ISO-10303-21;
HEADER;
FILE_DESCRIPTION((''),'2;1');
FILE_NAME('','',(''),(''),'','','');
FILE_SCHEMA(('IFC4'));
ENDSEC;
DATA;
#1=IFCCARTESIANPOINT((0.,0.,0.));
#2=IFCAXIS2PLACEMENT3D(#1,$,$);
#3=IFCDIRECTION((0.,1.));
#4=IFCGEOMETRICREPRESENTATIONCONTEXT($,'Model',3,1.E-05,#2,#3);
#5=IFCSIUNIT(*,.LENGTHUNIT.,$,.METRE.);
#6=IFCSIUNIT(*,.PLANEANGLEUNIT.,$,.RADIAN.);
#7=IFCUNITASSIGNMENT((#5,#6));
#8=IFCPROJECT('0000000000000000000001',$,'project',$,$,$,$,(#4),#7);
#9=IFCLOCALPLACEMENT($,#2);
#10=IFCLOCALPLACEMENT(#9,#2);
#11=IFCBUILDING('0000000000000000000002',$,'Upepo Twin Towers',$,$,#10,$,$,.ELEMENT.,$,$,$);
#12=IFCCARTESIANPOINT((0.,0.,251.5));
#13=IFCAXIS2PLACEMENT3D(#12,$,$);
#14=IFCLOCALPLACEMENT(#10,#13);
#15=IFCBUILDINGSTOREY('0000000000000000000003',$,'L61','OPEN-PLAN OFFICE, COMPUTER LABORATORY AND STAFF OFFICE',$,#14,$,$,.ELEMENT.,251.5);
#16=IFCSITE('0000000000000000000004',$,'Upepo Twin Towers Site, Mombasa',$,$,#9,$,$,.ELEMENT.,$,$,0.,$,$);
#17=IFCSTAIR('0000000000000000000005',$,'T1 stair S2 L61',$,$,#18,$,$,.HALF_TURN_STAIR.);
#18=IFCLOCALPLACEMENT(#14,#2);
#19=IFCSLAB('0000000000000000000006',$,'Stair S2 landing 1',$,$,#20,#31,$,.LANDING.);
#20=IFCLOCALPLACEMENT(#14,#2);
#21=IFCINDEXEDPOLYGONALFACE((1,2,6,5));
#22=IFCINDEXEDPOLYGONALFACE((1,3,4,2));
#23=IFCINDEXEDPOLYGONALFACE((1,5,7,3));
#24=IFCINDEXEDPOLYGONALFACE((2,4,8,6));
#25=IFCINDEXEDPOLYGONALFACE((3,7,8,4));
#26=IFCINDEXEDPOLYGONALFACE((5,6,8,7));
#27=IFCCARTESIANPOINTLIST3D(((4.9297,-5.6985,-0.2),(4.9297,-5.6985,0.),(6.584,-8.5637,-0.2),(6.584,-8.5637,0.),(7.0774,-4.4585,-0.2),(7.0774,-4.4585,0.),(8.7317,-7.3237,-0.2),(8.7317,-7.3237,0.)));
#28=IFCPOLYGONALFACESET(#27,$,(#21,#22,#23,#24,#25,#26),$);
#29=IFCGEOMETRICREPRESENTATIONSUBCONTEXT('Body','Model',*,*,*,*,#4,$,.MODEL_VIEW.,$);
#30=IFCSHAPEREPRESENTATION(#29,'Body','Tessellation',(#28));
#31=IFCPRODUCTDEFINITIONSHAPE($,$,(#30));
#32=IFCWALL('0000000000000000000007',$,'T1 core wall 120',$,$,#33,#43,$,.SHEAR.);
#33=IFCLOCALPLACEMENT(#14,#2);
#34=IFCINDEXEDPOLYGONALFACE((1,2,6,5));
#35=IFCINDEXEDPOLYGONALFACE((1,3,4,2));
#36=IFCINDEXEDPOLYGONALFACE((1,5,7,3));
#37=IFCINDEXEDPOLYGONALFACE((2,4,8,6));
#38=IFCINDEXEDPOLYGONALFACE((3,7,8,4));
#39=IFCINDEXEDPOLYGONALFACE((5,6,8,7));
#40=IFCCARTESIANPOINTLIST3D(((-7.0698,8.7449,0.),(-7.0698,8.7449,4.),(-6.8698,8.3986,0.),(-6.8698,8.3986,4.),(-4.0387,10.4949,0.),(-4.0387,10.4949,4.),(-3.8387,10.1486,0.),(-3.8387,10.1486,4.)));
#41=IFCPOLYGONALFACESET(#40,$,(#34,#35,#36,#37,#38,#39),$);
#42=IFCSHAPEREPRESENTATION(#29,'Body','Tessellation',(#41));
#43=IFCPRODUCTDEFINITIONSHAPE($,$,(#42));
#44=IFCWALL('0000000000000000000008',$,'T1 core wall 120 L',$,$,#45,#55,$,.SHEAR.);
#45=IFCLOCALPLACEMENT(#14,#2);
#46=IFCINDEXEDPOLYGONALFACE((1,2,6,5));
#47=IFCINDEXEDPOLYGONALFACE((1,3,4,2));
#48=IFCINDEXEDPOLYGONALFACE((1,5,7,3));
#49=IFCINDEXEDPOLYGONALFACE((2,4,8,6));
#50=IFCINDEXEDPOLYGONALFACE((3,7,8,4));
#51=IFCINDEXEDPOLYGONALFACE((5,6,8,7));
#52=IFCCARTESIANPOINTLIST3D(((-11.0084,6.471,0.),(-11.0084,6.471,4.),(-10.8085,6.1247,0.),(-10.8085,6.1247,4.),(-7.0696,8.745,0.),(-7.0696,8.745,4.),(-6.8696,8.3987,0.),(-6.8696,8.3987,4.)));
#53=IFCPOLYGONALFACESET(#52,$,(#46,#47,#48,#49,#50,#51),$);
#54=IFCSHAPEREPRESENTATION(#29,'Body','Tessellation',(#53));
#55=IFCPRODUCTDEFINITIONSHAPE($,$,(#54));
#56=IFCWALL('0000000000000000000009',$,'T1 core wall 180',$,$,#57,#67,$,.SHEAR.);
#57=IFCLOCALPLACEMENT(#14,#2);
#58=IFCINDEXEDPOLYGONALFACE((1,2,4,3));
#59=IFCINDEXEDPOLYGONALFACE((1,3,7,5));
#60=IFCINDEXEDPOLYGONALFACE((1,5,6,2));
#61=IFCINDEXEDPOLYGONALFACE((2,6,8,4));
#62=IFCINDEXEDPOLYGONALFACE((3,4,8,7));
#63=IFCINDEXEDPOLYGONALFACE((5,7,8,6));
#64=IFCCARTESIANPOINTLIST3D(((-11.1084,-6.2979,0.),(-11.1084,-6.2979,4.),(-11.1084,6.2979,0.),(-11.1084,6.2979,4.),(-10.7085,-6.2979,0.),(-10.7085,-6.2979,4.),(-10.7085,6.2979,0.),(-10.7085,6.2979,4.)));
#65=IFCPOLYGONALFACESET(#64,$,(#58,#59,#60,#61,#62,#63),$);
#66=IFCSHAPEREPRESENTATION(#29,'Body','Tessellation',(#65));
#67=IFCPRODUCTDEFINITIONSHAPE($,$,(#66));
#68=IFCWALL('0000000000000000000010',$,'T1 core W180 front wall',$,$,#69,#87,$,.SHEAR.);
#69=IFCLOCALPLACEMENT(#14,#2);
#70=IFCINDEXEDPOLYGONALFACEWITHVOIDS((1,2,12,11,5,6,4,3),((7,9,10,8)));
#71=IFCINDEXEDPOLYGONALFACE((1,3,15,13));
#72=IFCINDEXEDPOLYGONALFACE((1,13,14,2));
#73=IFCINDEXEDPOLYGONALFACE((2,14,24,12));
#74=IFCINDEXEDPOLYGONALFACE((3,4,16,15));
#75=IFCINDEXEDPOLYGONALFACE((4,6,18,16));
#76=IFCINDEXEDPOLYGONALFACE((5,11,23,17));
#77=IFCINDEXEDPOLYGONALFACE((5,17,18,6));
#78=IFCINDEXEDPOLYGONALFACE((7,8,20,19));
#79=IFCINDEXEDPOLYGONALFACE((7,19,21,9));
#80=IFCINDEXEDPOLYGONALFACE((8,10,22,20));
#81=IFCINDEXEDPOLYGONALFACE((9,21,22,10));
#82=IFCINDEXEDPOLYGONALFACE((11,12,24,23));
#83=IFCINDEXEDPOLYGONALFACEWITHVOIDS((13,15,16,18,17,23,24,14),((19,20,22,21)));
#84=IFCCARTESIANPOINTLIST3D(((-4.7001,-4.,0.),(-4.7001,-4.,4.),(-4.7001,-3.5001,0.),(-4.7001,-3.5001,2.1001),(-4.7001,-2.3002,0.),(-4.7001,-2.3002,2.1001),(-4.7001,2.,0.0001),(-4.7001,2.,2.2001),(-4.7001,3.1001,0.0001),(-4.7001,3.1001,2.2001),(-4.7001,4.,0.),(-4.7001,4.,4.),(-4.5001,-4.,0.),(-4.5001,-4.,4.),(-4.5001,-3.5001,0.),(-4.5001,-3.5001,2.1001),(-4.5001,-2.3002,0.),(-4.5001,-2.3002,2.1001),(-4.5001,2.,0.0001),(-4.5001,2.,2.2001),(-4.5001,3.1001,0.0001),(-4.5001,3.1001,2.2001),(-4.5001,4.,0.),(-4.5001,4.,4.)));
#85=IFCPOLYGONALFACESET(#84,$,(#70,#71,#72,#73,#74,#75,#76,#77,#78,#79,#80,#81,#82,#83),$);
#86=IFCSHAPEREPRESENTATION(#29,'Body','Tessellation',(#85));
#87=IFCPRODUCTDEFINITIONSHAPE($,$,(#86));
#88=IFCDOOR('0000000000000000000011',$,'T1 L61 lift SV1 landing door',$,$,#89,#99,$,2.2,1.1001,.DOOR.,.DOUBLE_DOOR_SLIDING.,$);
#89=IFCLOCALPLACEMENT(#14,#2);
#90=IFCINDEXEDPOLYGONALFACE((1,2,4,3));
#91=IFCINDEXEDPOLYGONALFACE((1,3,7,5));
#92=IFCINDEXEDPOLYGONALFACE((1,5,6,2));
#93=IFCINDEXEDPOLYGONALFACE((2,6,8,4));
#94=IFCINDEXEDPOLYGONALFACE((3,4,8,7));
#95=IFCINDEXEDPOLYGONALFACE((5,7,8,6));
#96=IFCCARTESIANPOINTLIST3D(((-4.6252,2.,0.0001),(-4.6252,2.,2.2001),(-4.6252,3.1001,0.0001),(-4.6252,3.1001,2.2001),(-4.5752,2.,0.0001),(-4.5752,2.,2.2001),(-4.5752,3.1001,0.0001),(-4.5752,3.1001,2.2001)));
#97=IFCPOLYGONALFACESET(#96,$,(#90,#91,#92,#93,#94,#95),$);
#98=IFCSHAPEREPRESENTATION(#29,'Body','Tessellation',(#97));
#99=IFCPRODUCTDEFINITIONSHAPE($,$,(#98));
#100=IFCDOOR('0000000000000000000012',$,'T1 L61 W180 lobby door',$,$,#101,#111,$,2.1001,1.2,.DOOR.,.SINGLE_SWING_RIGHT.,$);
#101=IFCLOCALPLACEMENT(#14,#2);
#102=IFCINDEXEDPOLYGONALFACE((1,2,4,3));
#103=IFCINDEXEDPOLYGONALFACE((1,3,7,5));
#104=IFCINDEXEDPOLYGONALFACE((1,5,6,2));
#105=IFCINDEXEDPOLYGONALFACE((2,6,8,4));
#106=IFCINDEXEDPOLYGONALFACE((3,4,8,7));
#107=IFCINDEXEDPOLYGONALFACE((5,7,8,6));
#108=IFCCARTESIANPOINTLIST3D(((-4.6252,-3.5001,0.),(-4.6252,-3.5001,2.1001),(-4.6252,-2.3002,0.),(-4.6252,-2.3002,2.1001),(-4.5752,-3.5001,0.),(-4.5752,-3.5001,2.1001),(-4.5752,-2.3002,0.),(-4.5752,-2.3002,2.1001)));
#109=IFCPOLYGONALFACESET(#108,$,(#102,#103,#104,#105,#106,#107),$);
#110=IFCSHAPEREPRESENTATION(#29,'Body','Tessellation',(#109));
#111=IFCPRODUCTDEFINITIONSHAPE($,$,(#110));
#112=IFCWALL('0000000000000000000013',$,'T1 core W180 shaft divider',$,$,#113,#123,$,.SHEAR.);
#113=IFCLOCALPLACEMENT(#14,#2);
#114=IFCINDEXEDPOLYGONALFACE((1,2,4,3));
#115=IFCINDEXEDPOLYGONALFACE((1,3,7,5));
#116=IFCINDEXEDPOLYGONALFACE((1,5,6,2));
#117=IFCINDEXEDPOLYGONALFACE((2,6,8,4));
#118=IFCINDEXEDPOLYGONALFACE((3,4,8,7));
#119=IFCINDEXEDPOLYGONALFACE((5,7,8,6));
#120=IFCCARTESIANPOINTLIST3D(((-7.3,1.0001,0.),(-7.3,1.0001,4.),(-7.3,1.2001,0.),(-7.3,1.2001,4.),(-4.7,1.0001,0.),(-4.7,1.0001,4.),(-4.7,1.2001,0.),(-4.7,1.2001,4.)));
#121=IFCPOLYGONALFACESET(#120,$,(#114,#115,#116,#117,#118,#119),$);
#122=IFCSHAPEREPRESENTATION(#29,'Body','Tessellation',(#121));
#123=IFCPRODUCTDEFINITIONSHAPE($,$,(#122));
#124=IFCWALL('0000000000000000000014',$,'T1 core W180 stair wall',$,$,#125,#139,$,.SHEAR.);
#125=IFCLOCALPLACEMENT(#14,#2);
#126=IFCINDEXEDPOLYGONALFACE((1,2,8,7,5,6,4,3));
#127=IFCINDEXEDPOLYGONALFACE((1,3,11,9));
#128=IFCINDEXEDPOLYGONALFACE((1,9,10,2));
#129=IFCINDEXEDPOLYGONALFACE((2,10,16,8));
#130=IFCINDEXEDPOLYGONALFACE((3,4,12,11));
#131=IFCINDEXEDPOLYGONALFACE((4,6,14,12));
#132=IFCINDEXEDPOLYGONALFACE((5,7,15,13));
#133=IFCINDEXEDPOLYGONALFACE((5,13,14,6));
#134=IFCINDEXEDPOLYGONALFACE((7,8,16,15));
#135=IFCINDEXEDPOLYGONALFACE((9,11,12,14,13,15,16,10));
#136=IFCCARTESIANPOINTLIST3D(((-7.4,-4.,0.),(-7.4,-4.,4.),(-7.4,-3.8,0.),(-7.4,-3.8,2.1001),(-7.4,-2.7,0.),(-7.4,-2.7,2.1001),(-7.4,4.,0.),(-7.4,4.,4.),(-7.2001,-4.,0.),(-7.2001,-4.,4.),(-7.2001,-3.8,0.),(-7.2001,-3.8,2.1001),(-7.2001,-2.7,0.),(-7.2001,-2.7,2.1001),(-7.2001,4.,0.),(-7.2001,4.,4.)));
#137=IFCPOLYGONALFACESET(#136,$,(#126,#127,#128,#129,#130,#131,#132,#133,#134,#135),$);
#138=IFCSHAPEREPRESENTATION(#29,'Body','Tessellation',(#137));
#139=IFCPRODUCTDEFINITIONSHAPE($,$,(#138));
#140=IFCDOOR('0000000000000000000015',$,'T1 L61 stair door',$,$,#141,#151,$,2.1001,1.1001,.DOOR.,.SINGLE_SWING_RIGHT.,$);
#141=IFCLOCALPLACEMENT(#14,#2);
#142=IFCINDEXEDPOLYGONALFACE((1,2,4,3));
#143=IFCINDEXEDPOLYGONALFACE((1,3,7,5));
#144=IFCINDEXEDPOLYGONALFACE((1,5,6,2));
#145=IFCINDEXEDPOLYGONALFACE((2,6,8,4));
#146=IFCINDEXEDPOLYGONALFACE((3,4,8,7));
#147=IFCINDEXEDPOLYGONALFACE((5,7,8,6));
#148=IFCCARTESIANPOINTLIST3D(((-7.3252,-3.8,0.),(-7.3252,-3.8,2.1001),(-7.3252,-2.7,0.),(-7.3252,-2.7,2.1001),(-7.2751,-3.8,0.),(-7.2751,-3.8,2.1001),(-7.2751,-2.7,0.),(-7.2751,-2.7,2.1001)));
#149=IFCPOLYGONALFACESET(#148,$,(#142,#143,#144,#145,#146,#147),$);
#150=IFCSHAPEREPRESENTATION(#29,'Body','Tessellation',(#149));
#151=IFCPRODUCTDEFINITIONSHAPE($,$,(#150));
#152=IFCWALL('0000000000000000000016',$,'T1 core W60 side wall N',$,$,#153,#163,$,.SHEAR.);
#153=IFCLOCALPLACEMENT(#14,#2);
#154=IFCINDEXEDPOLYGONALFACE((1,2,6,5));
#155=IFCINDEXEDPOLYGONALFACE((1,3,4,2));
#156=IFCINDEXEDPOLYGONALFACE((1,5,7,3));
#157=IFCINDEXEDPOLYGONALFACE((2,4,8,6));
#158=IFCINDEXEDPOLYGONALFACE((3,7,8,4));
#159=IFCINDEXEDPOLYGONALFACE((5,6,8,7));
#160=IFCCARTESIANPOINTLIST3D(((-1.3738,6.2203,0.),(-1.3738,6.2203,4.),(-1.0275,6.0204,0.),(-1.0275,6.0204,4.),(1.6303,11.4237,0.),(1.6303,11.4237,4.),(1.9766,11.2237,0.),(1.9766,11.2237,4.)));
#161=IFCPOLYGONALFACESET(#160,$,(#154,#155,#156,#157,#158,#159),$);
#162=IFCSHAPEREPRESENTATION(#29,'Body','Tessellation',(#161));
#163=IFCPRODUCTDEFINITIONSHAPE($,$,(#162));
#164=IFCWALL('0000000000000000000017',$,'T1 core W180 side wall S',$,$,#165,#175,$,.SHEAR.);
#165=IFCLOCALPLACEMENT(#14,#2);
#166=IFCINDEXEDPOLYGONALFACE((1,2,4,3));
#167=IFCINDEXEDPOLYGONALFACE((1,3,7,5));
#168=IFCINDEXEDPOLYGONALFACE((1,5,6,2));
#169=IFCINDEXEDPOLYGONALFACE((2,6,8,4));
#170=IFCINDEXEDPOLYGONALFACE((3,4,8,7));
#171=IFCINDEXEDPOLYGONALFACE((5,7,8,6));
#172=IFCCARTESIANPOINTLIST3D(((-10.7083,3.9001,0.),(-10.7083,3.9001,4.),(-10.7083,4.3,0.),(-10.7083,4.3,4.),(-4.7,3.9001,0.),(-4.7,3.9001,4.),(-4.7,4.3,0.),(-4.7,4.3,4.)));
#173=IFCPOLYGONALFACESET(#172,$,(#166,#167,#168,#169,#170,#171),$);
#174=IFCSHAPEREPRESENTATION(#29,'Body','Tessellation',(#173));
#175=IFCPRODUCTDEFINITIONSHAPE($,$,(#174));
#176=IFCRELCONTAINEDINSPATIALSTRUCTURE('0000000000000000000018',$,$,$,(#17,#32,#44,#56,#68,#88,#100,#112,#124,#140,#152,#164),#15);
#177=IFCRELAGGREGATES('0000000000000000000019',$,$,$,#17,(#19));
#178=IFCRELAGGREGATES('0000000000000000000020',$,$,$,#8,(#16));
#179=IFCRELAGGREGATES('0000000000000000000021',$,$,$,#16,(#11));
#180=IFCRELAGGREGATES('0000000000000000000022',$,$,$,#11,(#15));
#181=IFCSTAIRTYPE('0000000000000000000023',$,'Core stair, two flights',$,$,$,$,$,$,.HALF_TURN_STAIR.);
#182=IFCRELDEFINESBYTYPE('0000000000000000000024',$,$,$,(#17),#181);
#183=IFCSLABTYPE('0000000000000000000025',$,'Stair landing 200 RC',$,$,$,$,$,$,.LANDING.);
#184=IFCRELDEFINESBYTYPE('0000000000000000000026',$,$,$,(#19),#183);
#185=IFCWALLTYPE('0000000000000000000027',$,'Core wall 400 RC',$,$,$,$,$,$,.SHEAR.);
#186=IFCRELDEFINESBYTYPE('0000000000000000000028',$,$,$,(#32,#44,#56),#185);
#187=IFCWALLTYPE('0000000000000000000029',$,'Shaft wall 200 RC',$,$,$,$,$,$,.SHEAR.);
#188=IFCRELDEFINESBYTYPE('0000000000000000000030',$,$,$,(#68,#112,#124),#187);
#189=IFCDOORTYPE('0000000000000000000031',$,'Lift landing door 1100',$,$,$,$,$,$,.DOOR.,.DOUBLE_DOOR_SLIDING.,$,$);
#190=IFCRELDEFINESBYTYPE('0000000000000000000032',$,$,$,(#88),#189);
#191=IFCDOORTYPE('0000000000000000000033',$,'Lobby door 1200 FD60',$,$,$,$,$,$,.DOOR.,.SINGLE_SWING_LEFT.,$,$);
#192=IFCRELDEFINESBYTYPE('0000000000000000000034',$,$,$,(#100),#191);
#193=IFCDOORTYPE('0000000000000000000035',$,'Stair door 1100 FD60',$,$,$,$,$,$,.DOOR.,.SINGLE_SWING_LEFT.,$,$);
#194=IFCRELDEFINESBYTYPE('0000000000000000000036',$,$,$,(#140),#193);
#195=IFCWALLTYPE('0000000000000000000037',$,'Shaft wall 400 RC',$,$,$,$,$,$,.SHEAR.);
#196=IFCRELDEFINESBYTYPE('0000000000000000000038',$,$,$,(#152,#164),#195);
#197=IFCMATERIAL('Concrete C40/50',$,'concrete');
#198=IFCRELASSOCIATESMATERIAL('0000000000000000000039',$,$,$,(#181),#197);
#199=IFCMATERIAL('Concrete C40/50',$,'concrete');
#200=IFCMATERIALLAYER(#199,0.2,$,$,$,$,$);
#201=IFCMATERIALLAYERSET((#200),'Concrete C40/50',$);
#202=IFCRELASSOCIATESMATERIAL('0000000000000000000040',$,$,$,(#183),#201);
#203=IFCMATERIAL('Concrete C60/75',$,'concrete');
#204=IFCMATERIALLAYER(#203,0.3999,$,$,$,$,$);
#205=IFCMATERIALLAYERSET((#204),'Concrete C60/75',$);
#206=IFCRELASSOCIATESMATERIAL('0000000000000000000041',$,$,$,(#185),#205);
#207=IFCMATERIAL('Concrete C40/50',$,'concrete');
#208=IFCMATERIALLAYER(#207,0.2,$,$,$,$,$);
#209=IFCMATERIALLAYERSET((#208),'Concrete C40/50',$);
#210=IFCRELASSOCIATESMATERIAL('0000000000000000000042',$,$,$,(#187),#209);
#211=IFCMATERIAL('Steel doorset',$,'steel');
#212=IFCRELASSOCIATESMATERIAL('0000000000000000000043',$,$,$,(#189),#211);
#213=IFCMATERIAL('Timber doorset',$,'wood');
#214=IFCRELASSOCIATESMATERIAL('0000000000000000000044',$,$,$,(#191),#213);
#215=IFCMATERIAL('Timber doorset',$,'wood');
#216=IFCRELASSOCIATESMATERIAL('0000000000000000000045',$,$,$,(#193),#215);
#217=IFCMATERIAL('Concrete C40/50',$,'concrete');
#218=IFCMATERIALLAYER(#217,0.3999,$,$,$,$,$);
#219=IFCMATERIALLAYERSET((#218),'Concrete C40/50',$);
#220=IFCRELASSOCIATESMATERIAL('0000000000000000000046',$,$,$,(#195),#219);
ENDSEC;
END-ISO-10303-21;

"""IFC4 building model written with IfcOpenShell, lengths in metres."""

from ifc_helpers import new_model, si_unit, direction, frame, frame_2d, origin, place, context, subcontext, project, spatial, polyline, rectangle, outline, extrude, material, layer, layer_set, type_object, element, fill, aggregate, save


model = new_model("IFC4")

# Units and contexts
model_context = context("Model", 3, precision=1e-05, world=origin(), true_north=direction((0.0, 1.0)))
body_context = subcontext(model_context, "Body", "Model", "MODEL_VIEW")
ifc_project = project(units=[si_unit("LENGTHUNIT", "METRE"), si_unit("PLANEANGLEUNIT", "RADIAN")], contexts=[model_context])

# Site, building, storey
site_placement = place(None, origin())
site = spatial("IfcSite", under=ifc_project, at=site_placement, Name="Upepo Twin Towers Site, Mombasa", CompositionType="ELEMENT", RefElevation=0.0)
building_placement = place(site_placement, origin())
building = spatial("IfcBuilding", under=site, at=building_placement, Name="Upepo Twin Towers", CompositionType="ELEMENT")
storey_placement = place(building_placement, frame((0.0, 0.0, 251.5)))
storey = spatial("IfcBuildingStorey", under=building, at=storey_placement, Name="L61", Description="OPEN-PLAN OFFICE, COMPUTER LABORATORY AND STAFF OFFICE", CompositionType="ELEMENT", Elevation=251.5)

# Stair, slab
ifc_material_1 = material(Name="Concrete C40/50", Category="concrete")
stair_type = type_object("IfcStairType", Name="Core stair, two flights", PredefinedType="HALF_TURN_STAIR", material=ifc_material_1)
stair_1_placement = place(storey_placement, origin())
stair_1 = element("IfcStair", 1, at=stair_1_placement, inside=storey, type_object=stair_type, Name="T1 stair S2 L61", PredefinedType="HALF_TURN_STAIR")
ifc_material_2 = material(Name="Concrete C40/50", Category="concrete")
ifc_layer_1 = layer(ifc_material_2, 0.2)
ifc_layer_set_1 = layer_set([ifc_layer_1], Name="Concrete C40/50")
slab_type = type_object("IfcSlabType", Name="Stair landing 200 RC", PredefinedType="LANDING", material=ifc_layer_set_1)
slab_placement = place(storey_placement, frame((0.0, 0.0, -0.2)))
slab = element("IfcSlab", 2, at=slab_placement, type_object=slab_type, Name="Stair S2 landing 1", PredefinedType="LANDING", context=body_context, shape_type="SweptSolid", body=[
    extrude(outline(polyline([(4.9297, -5.6985), (6.584, -8.5637), (8.7317, -7.3237), (7.0774, -4.4585), (4.9297, -5.6985)])), origin(), (0.0, 0.0, 1.0), 0.2),
])
aggregate(stair_1, [slab])

# Walls
ifc_material_3 = material(Name="Concrete C60/75", Category="concrete")
ifc_layer_2 = layer(ifc_material_3, 0.3999)
ifc_layer_set_2 = layer_set([ifc_layer_2], Name="Concrete C60/75")
wall_type_1 = type_object("IfcWallType", Name="Core wall 400 RC", PredefinedType="SHEAR", material=ifc_layer_set_2)
wall_1_placement = place(storey_placement, frame((-3.9387, 10.3218, 0.0), z_axis=(0.0, 0.0, 1.0), x_axis=(-0.866019, -0.50001, 0.0)))
element("IfcWall", 3, at=wall_1_placement, inside=storey, type_object=wall_type_1, Name="T1 core wall 120", PredefinedType="SHEAR", context=body_context, shape_type="SweptSolid", body=[
    extrude(rectangle(XDim=3.5, YDim=0.3999, at=frame_2d((1.75, 0.0))), origin(), (0.0, 0.0, 1.0), 4.0),
])
wall_2_placement = place(storey_placement, frame((-6.9697, 8.5718, 0.0), z_axis=(0.0, 0.0, 1.0), x_axis=(-0.866035, -0.499984, 0.0)))
element("IfcWall", 4, at=wall_2_placement, inside=storey, type_object=wall_type_1, Name="T1 core wall 120 L", PredefinedType="SHEAR", context=body_context, shape_type="SweptSolid", body=[
    extrude(rectangle(XDim=4.5481, YDim=0.3999, at=frame_2d((2.2739, 0.0))), origin(), (0.0, 0.0, 1.0), 4.0),
])
wall_3_placement = place(storey_placement, frame((-10.9084, 6.2979, 0.0), z_axis=(0.0, 0.0, 1.0), x_axis=(0.0, -1.0, 0.0)))
element("IfcWall", 5, at=wall_3_placement, inside=storey, type_object=wall_type_1, Name="T1 core wall 180", PredefinedType="SHEAR", context=body_context, shape_type="SweptSolid", body=[
    extrude(rectangle(XDim=12.5957, YDim=0.3999, at=frame_2d((6.2979, 0.0))), origin(), (0.0, 0.0, 1.0), 4.0),
])

# Wall, openings, doors
ifc_material_4 = material(Name="Concrete C40/50", Category="concrete")
ifc_layer_3 = layer(ifc_material_4, 0.2)
ifc_layer_set_3 = layer_set([ifc_layer_3], Name="Concrete C40/50")
wall_type_2 = type_object("IfcWallType", Name="Shaft wall 200 RC", PredefinedType="SHEAR", material=ifc_layer_set_3)
wall_4_placement = place(storey_placement, frame((-4.6001, 4.0, 0.0), z_axis=(0.0, 0.0, 1.0), x_axis=(0.0, -1.0, 0.0)))
wall_4 = element("IfcWall", 6, at=wall_4_placement, inside=storey, type_object=wall_type_2, Name="T1 core W180 front wall", PredefinedType="SHEAR", context=body_context, shape_type="SweptSolid", body=[
    extrude(rectangle(XDim=8.0, YDim=0.2, at=frame_2d((4.0, 0.0))), origin(), (0.0, 0.0, 1.0), 4.0),
])
opening_1_placement = place(wall_4_placement, frame((6.3, 0.0, 0.0)))
opening_1 = element("IfcOpeningElement", 7, at=opening_1_placement, cuts=wall_4, PredefinedType="OPENING", context=body_context, shape_type="SweptSolid", body=[
    extrude(rectangle(XDim=1.2, YDim=2.1001, at=frame_2d((0.6001, 1.05))), frame((0.0, 0.1099, 0.0), z_axis=(0.0, -1.0, 0.0), x_axis=(1.0, 0.0, 0.0)), (0.0, 0.0, 1.0), 0.22),
])
opening_2_placement = place(wall_4_placement, frame((0.8999, 0.0, 0.0)))
opening_2 = element("IfcOpeningElement", 8, at=opening_2_placement, cuts=wall_4, PredefinedType="OPENING", context=body_context, shape_type="SweptSolid", body=[
    extrude(rectangle(XDim=1.1001, YDim=2.2, at=frame_2d((0.55, 1.1001))), frame((0.0, 0.1099, 0.0), z_axis=(0.0, -1.0, 0.0), x_axis=(1.0, 0.0, 0.0)), (0.0, 0.0, 1.0), 0.22),
])
ifc_material_5 = material(Name="Steel doorset", Category="steel")
door_type_1 = type_object("IfcDoorType", Name="Lift landing door 1100", OperationType="DOUBLE_DOOR_SLIDING", PredefinedType="DOOR", material=ifc_material_5)
door_1_placement = place(opening_2_placement, origin())
door_1 = element("IfcDoor", 9, at=door_1_placement, inside=storey, type_object=door_type_1, Name="T1 L61 lift SV1 landing door", OperationType="DOUBLE_DOOR_SLIDING", OverallHeight=2.2, OverallWidth=1.1001, PredefinedType="DOOR", context=body_context, shape_type="SweptSolid", body=[
    extrude(rectangle(XDim=1.1001, YDim=2.2, at=frame_2d((0.55, 1.1001))), frame((0.0, 0.0249, 0.0), z_axis=(0.0, -1.0, 0.0), x_axis=(1.0, 0.0, 0.0)), (0.0, 0.0, 1.0), 0.05),
])
fill(opening_2, door_1)
ifc_material_6 = material(Name="Timber doorset", Category="wood")
door_type_2 = type_object("IfcDoorType", Name="Lobby door 1200 FD60", OperationType="SINGLE_SWING_LEFT", PredefinedType="DOOR", material=ifc_material_6)
door_2_placement = place(opening_1_placement, origin())
door_2 = element("IfcDoor", 10, at=door_2_placement, inside=storey, type_object=door_type_2, Name="T1 L61 W180 lobby door", OperationType="SINGLE_SWING_RIGHT", OverallHeight=2.1001, OverallWidth=1.2, PredefinedType="DOOR", context=body_context, shape_type="SweptSolid", body=[
    extrude(rectangle(XDim=1.2, YDim=2.1001, at=frame_2d((0.6001, 1.05))), frame((0.0, 0.0249, 0.0), z_axis=(0.0, -1.0, 0.0), x_axis=(1.0, 0.0, 0.0)), (0.0, 0.0, 1.0), 0.05),
])
fill(opening_1, door_2)

# Wall
wall_5_placement = place(storey_placement, frame((-4.7, 1.1001, 0.0), z_axis=(0.0, 0.0, 1.0), x_axis=(-1.0, 0.0, 0.0)))
element("IfcWall", 11, at=wall_5_placement, inside=storey, type_object=wall_type_2, Name="T1 core W180 shaft divider", PredefinedType="SHEAR", context=body_context, shape_type="SweptSolid", body=[
    extrude(rectangle(XDim=2.6001, YDim=0.2, at=frame_2d((1.3, 0.0))), origin(), (0.0, 0.0, 1.0), 4.0),
])

# Wall, opening, door
wall_6_placement = place(storey_placement, frame((-7.3, 4.0, 0.0), z_axis=(0.0, 0.0, 1.0), x_axis=(0.0, -1.0, 0.0)))
wall_6 = element("IfcWall", 12, at=wall_6_placement, inside=storey, type_object=wall_type_2, Name="T1 core W180 stair wall", PredefinedType="SHEAR", context=body_context, shape_type="SweptSolid", body=[
    extrude(rectangle(XDim=8.0, YDim=0.2, at=frame_2d((4.0, 0.0))), origin(), (0.0, 0.0, 1.0), 4.0),
])
opening_3_placement = place(wall_6_placement, frame((6.7, 0.0, 0.0)))
opening_3 = element("IfcOpeningElement", 13, at=opening_3_placement, cuts=wall_6, PredefinedType="OPENING", context=body_context, shape_type="SweptSolid", body=[
    extrude(rectangle(XDim=1.1001, YDim=2.1001, at=frame_2d((0.55, 1.05))), frame((0.0, 0.1099, 0.0), z_axis=(0.0, -1.0, 0.0), x_axis=(1.0, 0.0, 0.0)), (0.0, 0.0, 1.0), 0.22),
])
ifc_material_7 = material(Name="Timber doorset", Category="wood")
door_type_3 = type_object("IfcDoorType", Name="Stair door 1100 FD60", OperationType="SINGLE_SWING_LEFT", PredefinedType="DOOR", material=ifc_material_7)
door_3_placement = place(opening_3_placement, origin())
door_3 = element("IfcDoor", 14, at=door_3_placement, inside=storey, type_object=door_type_3, Name="T1 L61 stair door", OperationType="SINGLE_SWING_RIGHT", OverallHeight=2.1001, OverallWidth=1.1001, PredefinedType="DOOR", context=body_context, shape_type="SweptSolid", body=[
    extrude(rectangle(XDim=1.1001, YDim=2.1001, at=frame_2d((0.55, 1.05))), frame((0.0, 0.0249, 0.0), z_axis=(0.0, -1.0, 0.0), x_axis=(1.0, 0.0, 0.0)), (0.0, 0.0, 1.0), 0.05),
])
fill(opening_3, door_3)

# Walls
ifc_material_8 = material(Name="Concrete C40/50", Category="concrete")
ifc_layer_4 = layer(ifc_material_8, 0.3999)
ifc_layer_set_4 = layer_set([ifc_layer_4], Name="Concrete C40/50")
wall_type_3 = type_object("IfcWallType", Name="Shaft wall 400 RC", PredefinedType="SHEAR", material=ifc_layer_set_4)
for number, where, z_axis, x_axis, name in (
    (15, (-1.2007, 6.1204, 0.0), (0.0, 0.0, 1.0), (0.499998, 0.866027, 0.0), "T1 core W60 side wall N"),
    (16, (-4.7, 4.1001, 0.0), (0.0, 0.0, 1.0), (-1.0, 0.0, 0.0), "T1 core W180 side wall S"),
):
    element("IfcWall", number, at=place(storey_placement, frame(where, z_axis=z_axis, x_axis=x_axis)), inside=storey, type_object=wall_type_3, Name=name, PredefinedType="SHEAR", context=body_context, shape_type="SweptSolid", body=[
        extrude(rectangle(XDim=6.0083, YDim=0.3999, at=frame_2d((3.0042, 0.0))), origin(), (0.0, 0.0, 1.0), 4.0),
    ])

save(model, "model.ifc")
